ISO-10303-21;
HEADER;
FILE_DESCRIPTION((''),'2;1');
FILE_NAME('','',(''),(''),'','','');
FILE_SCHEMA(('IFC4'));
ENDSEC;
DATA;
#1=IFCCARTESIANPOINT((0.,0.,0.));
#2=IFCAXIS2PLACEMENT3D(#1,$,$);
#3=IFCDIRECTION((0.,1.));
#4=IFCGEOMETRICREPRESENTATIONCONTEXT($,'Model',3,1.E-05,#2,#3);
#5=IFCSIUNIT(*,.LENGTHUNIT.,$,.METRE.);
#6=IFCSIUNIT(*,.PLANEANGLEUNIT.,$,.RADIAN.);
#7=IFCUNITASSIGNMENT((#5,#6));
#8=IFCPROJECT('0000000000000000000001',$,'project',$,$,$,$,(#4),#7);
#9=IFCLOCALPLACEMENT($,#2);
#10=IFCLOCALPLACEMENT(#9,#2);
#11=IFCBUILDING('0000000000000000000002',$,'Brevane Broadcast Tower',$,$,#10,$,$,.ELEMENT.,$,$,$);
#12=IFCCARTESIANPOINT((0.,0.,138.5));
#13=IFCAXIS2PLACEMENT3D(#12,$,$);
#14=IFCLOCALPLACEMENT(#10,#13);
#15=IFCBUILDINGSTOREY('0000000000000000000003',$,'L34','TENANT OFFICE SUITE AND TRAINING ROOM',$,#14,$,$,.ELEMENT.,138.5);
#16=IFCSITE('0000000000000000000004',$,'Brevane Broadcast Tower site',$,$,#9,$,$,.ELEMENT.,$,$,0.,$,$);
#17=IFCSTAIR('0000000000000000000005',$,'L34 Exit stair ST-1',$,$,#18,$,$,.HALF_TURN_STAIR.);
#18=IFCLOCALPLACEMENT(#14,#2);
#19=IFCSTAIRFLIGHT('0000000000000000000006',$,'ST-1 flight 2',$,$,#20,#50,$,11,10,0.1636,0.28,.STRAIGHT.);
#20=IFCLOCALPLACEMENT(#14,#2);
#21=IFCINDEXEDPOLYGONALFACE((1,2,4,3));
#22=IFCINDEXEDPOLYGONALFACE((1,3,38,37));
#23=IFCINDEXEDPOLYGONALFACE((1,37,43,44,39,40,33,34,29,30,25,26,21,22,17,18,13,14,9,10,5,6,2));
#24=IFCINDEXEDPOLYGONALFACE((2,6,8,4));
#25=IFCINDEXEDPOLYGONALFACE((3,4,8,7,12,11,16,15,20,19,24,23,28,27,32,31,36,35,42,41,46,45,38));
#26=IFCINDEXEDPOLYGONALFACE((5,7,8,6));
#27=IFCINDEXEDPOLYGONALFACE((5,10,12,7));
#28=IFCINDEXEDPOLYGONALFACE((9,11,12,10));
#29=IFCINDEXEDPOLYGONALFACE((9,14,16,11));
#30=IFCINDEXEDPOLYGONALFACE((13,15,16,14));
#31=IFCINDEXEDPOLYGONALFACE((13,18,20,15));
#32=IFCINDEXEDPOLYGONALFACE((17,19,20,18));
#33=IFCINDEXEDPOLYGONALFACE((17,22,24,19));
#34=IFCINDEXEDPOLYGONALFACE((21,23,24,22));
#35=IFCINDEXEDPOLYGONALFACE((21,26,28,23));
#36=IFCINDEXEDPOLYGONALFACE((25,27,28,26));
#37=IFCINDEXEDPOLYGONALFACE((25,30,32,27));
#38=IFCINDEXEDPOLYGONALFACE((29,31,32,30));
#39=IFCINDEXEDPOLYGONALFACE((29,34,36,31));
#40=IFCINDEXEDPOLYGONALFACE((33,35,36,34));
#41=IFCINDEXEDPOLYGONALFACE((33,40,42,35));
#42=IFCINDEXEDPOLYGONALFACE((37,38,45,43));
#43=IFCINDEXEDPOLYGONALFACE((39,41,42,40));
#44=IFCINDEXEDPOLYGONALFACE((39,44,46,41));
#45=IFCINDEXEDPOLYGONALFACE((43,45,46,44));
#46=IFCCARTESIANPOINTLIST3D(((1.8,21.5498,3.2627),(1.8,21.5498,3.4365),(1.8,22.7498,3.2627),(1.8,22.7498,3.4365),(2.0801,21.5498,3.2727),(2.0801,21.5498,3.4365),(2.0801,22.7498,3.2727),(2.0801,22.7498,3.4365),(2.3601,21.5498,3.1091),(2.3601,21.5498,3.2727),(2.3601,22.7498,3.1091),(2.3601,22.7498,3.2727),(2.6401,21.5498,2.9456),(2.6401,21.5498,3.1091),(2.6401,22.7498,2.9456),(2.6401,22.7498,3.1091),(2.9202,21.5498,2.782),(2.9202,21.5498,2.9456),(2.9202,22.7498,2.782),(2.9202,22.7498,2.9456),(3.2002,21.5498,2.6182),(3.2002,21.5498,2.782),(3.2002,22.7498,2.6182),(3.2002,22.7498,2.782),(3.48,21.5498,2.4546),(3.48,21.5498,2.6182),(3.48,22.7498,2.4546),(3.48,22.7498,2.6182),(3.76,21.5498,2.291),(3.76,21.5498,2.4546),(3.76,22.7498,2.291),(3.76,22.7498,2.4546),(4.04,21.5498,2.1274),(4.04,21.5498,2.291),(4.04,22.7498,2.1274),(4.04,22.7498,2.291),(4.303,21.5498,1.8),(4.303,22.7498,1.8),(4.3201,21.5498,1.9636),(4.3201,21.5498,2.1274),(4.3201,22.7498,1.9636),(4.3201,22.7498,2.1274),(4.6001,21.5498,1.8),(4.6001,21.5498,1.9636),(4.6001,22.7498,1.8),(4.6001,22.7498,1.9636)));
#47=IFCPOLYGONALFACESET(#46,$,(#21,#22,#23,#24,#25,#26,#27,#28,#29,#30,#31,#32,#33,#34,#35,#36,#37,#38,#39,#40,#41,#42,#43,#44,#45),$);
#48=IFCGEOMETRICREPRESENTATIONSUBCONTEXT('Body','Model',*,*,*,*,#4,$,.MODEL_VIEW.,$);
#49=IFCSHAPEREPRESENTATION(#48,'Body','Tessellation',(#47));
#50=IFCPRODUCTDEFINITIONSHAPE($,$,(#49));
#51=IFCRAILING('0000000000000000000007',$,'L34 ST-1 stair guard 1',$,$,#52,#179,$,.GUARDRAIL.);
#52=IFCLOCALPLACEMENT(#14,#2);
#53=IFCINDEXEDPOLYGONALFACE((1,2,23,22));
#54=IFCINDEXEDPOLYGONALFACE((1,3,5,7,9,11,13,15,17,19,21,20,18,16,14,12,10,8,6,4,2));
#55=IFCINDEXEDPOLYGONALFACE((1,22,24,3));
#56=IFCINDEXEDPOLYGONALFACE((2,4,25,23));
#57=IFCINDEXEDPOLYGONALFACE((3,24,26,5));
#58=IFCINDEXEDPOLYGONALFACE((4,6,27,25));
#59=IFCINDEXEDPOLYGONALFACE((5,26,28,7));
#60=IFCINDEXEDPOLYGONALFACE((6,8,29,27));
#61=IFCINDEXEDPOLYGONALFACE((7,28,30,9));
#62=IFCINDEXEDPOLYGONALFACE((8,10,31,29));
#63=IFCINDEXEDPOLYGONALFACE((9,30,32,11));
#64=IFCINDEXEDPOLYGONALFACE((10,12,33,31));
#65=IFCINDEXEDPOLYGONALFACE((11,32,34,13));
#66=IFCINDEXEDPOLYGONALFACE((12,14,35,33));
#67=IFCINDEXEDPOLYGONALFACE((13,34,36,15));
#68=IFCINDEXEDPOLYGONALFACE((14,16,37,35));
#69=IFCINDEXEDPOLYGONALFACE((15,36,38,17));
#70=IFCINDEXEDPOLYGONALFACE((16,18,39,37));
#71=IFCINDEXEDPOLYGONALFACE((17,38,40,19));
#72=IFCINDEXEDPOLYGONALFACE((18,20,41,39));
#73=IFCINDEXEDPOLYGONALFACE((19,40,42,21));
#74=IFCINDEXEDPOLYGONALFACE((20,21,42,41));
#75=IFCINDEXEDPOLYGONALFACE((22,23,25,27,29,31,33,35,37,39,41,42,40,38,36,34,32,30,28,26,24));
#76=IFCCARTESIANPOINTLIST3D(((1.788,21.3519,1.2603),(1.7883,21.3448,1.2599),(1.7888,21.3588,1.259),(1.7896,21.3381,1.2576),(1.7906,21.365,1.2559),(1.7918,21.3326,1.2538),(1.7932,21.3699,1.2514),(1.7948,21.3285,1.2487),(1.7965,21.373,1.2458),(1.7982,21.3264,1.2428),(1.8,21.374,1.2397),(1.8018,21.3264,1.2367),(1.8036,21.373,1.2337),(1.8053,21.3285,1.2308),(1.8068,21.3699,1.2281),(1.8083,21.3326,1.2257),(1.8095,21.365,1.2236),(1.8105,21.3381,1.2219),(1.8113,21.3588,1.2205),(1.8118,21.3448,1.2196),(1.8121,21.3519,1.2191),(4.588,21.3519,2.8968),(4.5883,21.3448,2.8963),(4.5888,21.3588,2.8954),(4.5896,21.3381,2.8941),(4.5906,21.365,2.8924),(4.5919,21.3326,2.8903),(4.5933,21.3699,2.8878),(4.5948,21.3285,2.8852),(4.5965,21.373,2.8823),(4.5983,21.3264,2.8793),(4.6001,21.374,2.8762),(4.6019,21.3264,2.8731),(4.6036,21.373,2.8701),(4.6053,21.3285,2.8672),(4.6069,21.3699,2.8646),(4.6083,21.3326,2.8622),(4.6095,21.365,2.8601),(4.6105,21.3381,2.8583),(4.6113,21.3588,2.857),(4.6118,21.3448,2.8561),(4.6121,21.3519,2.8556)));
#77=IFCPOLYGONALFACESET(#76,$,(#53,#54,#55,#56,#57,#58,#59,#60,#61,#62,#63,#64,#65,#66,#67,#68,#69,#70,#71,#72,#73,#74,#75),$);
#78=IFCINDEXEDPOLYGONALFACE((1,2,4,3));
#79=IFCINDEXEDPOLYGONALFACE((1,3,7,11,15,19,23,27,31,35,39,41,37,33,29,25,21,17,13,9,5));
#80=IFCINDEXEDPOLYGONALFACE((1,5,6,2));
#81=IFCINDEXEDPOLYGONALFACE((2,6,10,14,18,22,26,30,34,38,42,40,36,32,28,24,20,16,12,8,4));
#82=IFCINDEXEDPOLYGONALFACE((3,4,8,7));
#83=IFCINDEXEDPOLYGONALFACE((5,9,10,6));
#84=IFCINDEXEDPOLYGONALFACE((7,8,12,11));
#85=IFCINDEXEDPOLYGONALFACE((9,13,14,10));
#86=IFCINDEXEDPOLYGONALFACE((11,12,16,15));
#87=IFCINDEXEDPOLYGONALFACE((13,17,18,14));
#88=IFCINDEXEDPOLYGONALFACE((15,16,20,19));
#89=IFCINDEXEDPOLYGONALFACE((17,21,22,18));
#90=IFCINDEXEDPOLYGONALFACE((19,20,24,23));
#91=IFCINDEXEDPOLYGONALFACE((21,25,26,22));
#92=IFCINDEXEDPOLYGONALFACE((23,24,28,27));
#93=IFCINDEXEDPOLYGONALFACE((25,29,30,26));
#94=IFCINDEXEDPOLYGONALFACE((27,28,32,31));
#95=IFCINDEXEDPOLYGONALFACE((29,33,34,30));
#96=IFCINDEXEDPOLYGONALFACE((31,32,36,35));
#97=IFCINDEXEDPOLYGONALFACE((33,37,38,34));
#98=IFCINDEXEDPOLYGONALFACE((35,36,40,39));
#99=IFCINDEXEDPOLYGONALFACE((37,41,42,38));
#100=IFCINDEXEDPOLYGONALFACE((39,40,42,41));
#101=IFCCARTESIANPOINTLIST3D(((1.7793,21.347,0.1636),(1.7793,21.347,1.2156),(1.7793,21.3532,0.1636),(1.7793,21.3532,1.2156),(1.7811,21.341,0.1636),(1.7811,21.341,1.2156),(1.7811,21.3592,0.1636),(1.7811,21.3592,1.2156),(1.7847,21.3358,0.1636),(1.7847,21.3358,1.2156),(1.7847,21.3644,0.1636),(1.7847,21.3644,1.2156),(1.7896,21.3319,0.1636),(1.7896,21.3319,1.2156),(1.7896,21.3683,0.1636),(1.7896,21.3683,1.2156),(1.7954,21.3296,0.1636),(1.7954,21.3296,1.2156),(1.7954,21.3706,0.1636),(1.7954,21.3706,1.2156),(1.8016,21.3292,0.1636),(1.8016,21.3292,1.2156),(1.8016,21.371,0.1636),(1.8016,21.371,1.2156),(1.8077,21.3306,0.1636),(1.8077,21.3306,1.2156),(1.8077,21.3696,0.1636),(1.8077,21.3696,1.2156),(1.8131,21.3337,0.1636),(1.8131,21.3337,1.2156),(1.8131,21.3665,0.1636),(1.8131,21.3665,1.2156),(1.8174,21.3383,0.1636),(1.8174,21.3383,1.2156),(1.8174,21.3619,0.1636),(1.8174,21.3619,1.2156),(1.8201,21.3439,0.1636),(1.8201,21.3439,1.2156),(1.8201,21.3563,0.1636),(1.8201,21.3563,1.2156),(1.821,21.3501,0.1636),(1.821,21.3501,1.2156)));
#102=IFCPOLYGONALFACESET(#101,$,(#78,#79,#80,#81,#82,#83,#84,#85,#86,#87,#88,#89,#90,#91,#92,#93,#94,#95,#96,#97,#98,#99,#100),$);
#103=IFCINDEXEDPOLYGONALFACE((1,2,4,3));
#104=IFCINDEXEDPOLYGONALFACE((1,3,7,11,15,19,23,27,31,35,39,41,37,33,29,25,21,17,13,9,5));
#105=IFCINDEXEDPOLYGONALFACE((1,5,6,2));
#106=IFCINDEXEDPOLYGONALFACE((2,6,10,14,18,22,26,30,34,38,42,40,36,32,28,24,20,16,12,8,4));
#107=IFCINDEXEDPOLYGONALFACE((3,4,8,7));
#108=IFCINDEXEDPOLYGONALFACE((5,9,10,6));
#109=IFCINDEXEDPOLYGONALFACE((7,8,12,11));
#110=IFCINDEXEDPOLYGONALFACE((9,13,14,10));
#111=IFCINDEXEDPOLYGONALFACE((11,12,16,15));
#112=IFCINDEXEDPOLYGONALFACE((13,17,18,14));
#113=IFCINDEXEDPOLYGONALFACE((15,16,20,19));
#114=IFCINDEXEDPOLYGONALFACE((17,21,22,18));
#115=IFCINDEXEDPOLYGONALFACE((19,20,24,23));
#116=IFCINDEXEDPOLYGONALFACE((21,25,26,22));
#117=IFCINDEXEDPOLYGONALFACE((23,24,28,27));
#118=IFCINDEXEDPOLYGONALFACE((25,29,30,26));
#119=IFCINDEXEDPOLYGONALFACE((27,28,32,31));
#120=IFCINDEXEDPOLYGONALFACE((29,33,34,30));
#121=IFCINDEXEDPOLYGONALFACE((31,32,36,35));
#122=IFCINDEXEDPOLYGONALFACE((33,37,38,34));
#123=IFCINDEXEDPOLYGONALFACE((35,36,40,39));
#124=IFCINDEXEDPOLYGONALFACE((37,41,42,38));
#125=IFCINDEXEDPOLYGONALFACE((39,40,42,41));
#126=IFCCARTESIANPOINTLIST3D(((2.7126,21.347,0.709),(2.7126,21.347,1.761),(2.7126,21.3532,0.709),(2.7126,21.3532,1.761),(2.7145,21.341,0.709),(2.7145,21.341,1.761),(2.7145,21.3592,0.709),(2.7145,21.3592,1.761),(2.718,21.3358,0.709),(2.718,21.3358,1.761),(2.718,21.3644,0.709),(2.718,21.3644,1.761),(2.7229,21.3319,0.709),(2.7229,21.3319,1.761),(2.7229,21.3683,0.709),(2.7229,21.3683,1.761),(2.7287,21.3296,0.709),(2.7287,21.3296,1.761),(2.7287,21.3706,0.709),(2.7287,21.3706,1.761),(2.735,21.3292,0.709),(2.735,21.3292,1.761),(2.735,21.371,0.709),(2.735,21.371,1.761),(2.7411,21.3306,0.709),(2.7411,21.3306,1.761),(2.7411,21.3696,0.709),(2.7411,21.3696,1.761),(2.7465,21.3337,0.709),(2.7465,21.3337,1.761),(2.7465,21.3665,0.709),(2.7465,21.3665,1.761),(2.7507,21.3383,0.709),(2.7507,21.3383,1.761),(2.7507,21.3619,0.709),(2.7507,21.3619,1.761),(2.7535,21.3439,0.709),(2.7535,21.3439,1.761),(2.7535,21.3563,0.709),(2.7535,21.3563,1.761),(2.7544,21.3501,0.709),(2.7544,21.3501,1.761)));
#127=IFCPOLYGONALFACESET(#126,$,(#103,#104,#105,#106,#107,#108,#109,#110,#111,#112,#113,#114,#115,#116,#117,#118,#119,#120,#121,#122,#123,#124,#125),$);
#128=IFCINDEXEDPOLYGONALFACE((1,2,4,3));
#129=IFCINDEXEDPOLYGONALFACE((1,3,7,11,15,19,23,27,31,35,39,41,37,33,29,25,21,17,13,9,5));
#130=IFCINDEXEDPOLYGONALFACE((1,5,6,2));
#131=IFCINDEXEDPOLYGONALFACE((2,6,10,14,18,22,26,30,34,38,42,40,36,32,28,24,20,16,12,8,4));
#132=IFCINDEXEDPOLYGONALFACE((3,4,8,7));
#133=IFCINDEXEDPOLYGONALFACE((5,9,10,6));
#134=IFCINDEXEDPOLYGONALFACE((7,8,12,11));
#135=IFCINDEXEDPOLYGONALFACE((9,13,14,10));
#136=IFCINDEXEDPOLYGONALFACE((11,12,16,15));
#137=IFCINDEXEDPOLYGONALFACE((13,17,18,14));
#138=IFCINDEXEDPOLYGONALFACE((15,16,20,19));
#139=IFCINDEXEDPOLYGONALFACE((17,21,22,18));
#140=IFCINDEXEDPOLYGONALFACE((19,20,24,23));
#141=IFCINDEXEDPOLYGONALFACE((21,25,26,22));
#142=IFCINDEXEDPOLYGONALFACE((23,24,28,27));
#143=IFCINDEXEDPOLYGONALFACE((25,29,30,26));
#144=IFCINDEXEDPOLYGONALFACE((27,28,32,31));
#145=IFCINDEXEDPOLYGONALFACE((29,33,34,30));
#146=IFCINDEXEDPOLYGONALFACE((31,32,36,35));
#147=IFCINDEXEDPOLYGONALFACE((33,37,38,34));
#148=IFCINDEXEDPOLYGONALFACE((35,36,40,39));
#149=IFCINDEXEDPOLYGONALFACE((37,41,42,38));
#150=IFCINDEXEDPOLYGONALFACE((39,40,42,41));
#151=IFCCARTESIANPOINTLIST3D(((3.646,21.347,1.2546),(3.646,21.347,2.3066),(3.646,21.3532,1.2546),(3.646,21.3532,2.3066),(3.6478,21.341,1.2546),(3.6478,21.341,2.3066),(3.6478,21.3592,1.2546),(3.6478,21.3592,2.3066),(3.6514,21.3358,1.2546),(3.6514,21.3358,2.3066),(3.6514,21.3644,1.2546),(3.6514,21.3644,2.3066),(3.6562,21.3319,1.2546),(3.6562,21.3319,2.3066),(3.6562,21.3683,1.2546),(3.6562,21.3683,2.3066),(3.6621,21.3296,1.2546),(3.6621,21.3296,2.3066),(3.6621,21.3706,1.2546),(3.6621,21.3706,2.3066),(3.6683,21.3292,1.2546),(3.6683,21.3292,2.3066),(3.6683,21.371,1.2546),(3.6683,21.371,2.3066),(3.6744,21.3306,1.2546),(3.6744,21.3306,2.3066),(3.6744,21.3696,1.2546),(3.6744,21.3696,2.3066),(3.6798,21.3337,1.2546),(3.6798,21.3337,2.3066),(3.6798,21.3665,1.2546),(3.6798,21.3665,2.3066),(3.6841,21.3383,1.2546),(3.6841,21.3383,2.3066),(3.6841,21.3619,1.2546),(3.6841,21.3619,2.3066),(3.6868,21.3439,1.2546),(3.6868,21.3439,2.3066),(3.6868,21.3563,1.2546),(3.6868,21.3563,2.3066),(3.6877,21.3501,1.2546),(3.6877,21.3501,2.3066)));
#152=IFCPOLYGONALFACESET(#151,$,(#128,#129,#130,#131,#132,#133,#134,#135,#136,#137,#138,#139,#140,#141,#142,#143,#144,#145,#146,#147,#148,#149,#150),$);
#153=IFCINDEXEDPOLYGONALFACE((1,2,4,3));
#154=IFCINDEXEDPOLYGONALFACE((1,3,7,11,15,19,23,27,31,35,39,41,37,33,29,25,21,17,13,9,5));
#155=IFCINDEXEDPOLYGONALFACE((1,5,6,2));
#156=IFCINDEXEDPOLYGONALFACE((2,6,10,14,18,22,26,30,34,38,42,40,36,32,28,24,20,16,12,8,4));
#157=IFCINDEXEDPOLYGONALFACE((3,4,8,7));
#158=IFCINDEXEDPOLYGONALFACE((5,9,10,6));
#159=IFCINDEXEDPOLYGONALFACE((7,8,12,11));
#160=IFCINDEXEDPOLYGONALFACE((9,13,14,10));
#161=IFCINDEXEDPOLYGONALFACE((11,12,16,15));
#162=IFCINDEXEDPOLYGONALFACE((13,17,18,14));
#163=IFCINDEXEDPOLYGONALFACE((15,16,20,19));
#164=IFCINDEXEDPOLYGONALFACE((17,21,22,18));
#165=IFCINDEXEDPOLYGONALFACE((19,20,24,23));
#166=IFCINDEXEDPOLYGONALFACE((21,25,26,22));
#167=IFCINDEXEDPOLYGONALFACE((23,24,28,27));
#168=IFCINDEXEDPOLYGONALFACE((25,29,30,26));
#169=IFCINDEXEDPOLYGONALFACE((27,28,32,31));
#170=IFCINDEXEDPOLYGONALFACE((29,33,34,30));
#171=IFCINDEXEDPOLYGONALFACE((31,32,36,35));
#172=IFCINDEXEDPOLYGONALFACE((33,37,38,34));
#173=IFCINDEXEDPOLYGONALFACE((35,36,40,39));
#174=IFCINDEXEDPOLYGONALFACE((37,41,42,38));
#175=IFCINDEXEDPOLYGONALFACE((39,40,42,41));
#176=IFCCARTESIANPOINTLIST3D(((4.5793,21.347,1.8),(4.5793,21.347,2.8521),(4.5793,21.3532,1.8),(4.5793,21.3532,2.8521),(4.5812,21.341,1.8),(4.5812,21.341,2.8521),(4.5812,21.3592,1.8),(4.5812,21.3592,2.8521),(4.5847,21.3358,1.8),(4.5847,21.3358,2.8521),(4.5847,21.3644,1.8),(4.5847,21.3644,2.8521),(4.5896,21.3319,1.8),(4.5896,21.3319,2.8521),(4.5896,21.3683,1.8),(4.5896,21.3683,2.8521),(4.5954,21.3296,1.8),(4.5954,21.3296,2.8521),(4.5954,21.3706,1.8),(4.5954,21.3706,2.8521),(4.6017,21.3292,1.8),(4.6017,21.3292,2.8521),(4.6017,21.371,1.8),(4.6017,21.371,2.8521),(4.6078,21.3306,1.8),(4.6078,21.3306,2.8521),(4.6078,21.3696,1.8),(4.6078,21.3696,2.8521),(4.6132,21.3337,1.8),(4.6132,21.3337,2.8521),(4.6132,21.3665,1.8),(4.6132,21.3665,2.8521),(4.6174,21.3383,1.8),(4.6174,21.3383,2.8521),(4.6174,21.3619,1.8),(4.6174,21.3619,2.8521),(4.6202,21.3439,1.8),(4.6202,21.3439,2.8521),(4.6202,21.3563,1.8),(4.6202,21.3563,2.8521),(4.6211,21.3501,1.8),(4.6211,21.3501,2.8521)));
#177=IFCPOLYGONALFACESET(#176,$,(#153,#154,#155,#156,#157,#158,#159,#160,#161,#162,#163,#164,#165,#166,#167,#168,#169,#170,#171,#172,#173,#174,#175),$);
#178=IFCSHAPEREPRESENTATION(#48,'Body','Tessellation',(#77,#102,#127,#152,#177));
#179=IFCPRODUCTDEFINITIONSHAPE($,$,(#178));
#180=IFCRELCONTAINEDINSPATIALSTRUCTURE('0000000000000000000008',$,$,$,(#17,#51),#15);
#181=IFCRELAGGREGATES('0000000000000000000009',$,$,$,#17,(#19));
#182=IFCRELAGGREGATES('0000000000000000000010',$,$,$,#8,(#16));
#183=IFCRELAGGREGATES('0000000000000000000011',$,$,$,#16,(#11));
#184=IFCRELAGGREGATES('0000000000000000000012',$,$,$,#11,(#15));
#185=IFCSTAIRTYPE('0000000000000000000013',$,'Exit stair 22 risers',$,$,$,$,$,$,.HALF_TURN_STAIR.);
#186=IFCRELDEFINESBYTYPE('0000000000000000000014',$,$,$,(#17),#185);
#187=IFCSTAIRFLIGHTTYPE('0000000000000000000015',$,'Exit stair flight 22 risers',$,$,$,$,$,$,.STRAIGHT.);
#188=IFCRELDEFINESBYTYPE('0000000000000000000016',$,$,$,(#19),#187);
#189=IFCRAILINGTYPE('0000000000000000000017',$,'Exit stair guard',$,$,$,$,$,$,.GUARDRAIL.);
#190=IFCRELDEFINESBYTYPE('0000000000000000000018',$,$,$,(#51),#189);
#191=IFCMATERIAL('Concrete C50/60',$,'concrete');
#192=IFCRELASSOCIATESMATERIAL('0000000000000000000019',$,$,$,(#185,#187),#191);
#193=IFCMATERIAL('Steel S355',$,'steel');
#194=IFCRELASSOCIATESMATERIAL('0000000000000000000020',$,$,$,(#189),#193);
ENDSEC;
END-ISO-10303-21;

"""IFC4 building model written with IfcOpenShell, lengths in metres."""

from ifc_helpers import new_model, si_unit, direction, frame, origin, origin_2d, place, context, subcontext, project, spatial, polyline, circle, outline, extrude, material, type_object, element, aggregate, save


model = new_model("IFC4")

# Units and contexts
model_context = context("Model", 3, precision=1e-05, world=origin(), true_north=direction((0.0, 1.0)))
body_context = subcontext(model_context, "Body", "Model", "MODEL_VIEW")
ifc_project = project(units=[si_unit("LENGTHUNIT", "METRE"), si_unit("PLANEANGLEUNIT", "RADIAN")], contexts=[model_context])

# Site, building, storey
site_placement = place(None, origin())
site = spatial("IfcSite", under=ifc_project, at=site_placement, Name="Brevane Broadcast Tower site", CompositionType="ELEMENT", RefElevation=0.0)
building_placement = place(site_placement, origin())
building = spatial("IfcBuilding", under=site, at=building_placement, Name="Brevane Broadcast Tower", CompositionType="ELEMENT")
storey_placement = place(building_placement, frame((0.0, 0.0, 138.5)))
storey = spatial("IfcBuildingStorey", under=building, at=storey_placement, Name="L34", Description="TENANT OFFICE SUITE AND TRAINING ROOM", CompositionType="ELEMENT", Elevation=138.5)

# Stair, stair flight
ifc_material_1 = material(Name="Concrete C50/60", Category="concrete")
stair_type = type_object("IfcStairType", Name="Exit stair 22 risers", PredefinedType="HALF_TURN_STAIR", material=ifc_material_1)
stair_placement = place(storey_placement, origin())
stair = element("IfcStair", 1, at=stair_placement, inside=storey, type_object=stair_type, Name="L34 Exit stair ST-1", PredefinedType="HALF_TURN_STAIR")
stair_flight_type = type_object("IfcStairFlightType", Name="Exit stair flight 22 risers", PredefinedType="STRAIGHT", material=ifc_material_1)
stair_flight_1_placement = place(storey_placement, frame((4.6001, 22.1499, 1.8), z_axis=(0.0, 0.0, 1.0), x_axis=(-1.0, 0.0, 0.0)))
stair_flight_1 = element("IfcStairFlight", 2, at=stair_flight_1_placement, type_object=stair_flight_type, Name="ST-1 flight 2", NumberOfRisers=11, NumberOfTreads=10, PredefinedType="STRAIGHT", RiserHeight=0.1636, TreadLength=0.28, context=body_context, shape_type="SweptSolid", body=[
    extrude(outline(polyline([(0.0, 0.0), (0.0, 0.1636), (0.28, 0.1636), (0.28, 0.3274), (0.5601, 0.3274), (0.5601, 0.491), (0.8401, 0.491), (0.8401, 0.6545), (1.1201, 0.6545), (1.1201, 0.8181), (1.3999, 0.8181), (1.3999, 0.9819), (1.6799, 0.9819), (1.6799, 1.1455), (1.96, 1.1455), (1.96, 1.3091), (2.24, 1.3091), (2.24, 1.4727), (2.52, 1.4727), (2.52, 1.6365), (2.8, 1.6365), (2.8, 1.8), (2.8, 1.4626), (0.2971, 0.0), (0.0, 0.0)])), frame((0.0, 0.6001, 0.0), z_axis=(0.0, -1.0, 0.0), x_axis=(1.0, 0.0, 0.0)), (0.0, 0.0, 1.0), 1.2),
])
aggregate(stair, [stair_flight_1])

# Railing
ifc_material_2 = material(Name="Steel S355", Category="steel")
railing_type_1 = type_object("IfcRailingType", Name="Exit stair guard", PredefinedType="GUARDRAIL", material=ifc_material_2)
railing_1_placement = place(storey_placement, frame((1.8, 21.3501, 0.1636)))
element("IfcRailing", 3, at=railing_1_placement, inside=storey, type_object=railing_type_1, Name="L34 ST-1 stair guard 1", PredefinedType="GUARDRAIL", context=body_context, shape_type="SweptSolid", body=[
    extrude(circle(Radius=0.0239, at=origin_2d()), frame((0.0, 0.0, 1.0762), z_axis=(0.863361, 0.0, 0.504587), x_axis=(0.0, 1.0, 0.0)), (0.0, 0.0, 1.0), 3.2432),
    extrude(circle(Radius=0.021, at=origin_2d()), origin(), (0.0, 0.0, 1.0), 1.052),
    extrude(circle(Radius=0.021, at=origin_2d()), frame((0.9333, 0.0, 0.5454)), (0.0, 0.0, 1.0), 1.052),
    extrude(circle(Radius=0.021, at=origin_2d()), frame((1.8667, 0.0, 1.0911)), (0.0, 0.0, 1.0), 1.052),
    extrude(circle(Radius=0.021, at=origin_2d()), frame((2.8, 0.0, 1.6365)), (0.0, 0.0, 1.0), 1.052),
])

save(model, "model.ifc")
